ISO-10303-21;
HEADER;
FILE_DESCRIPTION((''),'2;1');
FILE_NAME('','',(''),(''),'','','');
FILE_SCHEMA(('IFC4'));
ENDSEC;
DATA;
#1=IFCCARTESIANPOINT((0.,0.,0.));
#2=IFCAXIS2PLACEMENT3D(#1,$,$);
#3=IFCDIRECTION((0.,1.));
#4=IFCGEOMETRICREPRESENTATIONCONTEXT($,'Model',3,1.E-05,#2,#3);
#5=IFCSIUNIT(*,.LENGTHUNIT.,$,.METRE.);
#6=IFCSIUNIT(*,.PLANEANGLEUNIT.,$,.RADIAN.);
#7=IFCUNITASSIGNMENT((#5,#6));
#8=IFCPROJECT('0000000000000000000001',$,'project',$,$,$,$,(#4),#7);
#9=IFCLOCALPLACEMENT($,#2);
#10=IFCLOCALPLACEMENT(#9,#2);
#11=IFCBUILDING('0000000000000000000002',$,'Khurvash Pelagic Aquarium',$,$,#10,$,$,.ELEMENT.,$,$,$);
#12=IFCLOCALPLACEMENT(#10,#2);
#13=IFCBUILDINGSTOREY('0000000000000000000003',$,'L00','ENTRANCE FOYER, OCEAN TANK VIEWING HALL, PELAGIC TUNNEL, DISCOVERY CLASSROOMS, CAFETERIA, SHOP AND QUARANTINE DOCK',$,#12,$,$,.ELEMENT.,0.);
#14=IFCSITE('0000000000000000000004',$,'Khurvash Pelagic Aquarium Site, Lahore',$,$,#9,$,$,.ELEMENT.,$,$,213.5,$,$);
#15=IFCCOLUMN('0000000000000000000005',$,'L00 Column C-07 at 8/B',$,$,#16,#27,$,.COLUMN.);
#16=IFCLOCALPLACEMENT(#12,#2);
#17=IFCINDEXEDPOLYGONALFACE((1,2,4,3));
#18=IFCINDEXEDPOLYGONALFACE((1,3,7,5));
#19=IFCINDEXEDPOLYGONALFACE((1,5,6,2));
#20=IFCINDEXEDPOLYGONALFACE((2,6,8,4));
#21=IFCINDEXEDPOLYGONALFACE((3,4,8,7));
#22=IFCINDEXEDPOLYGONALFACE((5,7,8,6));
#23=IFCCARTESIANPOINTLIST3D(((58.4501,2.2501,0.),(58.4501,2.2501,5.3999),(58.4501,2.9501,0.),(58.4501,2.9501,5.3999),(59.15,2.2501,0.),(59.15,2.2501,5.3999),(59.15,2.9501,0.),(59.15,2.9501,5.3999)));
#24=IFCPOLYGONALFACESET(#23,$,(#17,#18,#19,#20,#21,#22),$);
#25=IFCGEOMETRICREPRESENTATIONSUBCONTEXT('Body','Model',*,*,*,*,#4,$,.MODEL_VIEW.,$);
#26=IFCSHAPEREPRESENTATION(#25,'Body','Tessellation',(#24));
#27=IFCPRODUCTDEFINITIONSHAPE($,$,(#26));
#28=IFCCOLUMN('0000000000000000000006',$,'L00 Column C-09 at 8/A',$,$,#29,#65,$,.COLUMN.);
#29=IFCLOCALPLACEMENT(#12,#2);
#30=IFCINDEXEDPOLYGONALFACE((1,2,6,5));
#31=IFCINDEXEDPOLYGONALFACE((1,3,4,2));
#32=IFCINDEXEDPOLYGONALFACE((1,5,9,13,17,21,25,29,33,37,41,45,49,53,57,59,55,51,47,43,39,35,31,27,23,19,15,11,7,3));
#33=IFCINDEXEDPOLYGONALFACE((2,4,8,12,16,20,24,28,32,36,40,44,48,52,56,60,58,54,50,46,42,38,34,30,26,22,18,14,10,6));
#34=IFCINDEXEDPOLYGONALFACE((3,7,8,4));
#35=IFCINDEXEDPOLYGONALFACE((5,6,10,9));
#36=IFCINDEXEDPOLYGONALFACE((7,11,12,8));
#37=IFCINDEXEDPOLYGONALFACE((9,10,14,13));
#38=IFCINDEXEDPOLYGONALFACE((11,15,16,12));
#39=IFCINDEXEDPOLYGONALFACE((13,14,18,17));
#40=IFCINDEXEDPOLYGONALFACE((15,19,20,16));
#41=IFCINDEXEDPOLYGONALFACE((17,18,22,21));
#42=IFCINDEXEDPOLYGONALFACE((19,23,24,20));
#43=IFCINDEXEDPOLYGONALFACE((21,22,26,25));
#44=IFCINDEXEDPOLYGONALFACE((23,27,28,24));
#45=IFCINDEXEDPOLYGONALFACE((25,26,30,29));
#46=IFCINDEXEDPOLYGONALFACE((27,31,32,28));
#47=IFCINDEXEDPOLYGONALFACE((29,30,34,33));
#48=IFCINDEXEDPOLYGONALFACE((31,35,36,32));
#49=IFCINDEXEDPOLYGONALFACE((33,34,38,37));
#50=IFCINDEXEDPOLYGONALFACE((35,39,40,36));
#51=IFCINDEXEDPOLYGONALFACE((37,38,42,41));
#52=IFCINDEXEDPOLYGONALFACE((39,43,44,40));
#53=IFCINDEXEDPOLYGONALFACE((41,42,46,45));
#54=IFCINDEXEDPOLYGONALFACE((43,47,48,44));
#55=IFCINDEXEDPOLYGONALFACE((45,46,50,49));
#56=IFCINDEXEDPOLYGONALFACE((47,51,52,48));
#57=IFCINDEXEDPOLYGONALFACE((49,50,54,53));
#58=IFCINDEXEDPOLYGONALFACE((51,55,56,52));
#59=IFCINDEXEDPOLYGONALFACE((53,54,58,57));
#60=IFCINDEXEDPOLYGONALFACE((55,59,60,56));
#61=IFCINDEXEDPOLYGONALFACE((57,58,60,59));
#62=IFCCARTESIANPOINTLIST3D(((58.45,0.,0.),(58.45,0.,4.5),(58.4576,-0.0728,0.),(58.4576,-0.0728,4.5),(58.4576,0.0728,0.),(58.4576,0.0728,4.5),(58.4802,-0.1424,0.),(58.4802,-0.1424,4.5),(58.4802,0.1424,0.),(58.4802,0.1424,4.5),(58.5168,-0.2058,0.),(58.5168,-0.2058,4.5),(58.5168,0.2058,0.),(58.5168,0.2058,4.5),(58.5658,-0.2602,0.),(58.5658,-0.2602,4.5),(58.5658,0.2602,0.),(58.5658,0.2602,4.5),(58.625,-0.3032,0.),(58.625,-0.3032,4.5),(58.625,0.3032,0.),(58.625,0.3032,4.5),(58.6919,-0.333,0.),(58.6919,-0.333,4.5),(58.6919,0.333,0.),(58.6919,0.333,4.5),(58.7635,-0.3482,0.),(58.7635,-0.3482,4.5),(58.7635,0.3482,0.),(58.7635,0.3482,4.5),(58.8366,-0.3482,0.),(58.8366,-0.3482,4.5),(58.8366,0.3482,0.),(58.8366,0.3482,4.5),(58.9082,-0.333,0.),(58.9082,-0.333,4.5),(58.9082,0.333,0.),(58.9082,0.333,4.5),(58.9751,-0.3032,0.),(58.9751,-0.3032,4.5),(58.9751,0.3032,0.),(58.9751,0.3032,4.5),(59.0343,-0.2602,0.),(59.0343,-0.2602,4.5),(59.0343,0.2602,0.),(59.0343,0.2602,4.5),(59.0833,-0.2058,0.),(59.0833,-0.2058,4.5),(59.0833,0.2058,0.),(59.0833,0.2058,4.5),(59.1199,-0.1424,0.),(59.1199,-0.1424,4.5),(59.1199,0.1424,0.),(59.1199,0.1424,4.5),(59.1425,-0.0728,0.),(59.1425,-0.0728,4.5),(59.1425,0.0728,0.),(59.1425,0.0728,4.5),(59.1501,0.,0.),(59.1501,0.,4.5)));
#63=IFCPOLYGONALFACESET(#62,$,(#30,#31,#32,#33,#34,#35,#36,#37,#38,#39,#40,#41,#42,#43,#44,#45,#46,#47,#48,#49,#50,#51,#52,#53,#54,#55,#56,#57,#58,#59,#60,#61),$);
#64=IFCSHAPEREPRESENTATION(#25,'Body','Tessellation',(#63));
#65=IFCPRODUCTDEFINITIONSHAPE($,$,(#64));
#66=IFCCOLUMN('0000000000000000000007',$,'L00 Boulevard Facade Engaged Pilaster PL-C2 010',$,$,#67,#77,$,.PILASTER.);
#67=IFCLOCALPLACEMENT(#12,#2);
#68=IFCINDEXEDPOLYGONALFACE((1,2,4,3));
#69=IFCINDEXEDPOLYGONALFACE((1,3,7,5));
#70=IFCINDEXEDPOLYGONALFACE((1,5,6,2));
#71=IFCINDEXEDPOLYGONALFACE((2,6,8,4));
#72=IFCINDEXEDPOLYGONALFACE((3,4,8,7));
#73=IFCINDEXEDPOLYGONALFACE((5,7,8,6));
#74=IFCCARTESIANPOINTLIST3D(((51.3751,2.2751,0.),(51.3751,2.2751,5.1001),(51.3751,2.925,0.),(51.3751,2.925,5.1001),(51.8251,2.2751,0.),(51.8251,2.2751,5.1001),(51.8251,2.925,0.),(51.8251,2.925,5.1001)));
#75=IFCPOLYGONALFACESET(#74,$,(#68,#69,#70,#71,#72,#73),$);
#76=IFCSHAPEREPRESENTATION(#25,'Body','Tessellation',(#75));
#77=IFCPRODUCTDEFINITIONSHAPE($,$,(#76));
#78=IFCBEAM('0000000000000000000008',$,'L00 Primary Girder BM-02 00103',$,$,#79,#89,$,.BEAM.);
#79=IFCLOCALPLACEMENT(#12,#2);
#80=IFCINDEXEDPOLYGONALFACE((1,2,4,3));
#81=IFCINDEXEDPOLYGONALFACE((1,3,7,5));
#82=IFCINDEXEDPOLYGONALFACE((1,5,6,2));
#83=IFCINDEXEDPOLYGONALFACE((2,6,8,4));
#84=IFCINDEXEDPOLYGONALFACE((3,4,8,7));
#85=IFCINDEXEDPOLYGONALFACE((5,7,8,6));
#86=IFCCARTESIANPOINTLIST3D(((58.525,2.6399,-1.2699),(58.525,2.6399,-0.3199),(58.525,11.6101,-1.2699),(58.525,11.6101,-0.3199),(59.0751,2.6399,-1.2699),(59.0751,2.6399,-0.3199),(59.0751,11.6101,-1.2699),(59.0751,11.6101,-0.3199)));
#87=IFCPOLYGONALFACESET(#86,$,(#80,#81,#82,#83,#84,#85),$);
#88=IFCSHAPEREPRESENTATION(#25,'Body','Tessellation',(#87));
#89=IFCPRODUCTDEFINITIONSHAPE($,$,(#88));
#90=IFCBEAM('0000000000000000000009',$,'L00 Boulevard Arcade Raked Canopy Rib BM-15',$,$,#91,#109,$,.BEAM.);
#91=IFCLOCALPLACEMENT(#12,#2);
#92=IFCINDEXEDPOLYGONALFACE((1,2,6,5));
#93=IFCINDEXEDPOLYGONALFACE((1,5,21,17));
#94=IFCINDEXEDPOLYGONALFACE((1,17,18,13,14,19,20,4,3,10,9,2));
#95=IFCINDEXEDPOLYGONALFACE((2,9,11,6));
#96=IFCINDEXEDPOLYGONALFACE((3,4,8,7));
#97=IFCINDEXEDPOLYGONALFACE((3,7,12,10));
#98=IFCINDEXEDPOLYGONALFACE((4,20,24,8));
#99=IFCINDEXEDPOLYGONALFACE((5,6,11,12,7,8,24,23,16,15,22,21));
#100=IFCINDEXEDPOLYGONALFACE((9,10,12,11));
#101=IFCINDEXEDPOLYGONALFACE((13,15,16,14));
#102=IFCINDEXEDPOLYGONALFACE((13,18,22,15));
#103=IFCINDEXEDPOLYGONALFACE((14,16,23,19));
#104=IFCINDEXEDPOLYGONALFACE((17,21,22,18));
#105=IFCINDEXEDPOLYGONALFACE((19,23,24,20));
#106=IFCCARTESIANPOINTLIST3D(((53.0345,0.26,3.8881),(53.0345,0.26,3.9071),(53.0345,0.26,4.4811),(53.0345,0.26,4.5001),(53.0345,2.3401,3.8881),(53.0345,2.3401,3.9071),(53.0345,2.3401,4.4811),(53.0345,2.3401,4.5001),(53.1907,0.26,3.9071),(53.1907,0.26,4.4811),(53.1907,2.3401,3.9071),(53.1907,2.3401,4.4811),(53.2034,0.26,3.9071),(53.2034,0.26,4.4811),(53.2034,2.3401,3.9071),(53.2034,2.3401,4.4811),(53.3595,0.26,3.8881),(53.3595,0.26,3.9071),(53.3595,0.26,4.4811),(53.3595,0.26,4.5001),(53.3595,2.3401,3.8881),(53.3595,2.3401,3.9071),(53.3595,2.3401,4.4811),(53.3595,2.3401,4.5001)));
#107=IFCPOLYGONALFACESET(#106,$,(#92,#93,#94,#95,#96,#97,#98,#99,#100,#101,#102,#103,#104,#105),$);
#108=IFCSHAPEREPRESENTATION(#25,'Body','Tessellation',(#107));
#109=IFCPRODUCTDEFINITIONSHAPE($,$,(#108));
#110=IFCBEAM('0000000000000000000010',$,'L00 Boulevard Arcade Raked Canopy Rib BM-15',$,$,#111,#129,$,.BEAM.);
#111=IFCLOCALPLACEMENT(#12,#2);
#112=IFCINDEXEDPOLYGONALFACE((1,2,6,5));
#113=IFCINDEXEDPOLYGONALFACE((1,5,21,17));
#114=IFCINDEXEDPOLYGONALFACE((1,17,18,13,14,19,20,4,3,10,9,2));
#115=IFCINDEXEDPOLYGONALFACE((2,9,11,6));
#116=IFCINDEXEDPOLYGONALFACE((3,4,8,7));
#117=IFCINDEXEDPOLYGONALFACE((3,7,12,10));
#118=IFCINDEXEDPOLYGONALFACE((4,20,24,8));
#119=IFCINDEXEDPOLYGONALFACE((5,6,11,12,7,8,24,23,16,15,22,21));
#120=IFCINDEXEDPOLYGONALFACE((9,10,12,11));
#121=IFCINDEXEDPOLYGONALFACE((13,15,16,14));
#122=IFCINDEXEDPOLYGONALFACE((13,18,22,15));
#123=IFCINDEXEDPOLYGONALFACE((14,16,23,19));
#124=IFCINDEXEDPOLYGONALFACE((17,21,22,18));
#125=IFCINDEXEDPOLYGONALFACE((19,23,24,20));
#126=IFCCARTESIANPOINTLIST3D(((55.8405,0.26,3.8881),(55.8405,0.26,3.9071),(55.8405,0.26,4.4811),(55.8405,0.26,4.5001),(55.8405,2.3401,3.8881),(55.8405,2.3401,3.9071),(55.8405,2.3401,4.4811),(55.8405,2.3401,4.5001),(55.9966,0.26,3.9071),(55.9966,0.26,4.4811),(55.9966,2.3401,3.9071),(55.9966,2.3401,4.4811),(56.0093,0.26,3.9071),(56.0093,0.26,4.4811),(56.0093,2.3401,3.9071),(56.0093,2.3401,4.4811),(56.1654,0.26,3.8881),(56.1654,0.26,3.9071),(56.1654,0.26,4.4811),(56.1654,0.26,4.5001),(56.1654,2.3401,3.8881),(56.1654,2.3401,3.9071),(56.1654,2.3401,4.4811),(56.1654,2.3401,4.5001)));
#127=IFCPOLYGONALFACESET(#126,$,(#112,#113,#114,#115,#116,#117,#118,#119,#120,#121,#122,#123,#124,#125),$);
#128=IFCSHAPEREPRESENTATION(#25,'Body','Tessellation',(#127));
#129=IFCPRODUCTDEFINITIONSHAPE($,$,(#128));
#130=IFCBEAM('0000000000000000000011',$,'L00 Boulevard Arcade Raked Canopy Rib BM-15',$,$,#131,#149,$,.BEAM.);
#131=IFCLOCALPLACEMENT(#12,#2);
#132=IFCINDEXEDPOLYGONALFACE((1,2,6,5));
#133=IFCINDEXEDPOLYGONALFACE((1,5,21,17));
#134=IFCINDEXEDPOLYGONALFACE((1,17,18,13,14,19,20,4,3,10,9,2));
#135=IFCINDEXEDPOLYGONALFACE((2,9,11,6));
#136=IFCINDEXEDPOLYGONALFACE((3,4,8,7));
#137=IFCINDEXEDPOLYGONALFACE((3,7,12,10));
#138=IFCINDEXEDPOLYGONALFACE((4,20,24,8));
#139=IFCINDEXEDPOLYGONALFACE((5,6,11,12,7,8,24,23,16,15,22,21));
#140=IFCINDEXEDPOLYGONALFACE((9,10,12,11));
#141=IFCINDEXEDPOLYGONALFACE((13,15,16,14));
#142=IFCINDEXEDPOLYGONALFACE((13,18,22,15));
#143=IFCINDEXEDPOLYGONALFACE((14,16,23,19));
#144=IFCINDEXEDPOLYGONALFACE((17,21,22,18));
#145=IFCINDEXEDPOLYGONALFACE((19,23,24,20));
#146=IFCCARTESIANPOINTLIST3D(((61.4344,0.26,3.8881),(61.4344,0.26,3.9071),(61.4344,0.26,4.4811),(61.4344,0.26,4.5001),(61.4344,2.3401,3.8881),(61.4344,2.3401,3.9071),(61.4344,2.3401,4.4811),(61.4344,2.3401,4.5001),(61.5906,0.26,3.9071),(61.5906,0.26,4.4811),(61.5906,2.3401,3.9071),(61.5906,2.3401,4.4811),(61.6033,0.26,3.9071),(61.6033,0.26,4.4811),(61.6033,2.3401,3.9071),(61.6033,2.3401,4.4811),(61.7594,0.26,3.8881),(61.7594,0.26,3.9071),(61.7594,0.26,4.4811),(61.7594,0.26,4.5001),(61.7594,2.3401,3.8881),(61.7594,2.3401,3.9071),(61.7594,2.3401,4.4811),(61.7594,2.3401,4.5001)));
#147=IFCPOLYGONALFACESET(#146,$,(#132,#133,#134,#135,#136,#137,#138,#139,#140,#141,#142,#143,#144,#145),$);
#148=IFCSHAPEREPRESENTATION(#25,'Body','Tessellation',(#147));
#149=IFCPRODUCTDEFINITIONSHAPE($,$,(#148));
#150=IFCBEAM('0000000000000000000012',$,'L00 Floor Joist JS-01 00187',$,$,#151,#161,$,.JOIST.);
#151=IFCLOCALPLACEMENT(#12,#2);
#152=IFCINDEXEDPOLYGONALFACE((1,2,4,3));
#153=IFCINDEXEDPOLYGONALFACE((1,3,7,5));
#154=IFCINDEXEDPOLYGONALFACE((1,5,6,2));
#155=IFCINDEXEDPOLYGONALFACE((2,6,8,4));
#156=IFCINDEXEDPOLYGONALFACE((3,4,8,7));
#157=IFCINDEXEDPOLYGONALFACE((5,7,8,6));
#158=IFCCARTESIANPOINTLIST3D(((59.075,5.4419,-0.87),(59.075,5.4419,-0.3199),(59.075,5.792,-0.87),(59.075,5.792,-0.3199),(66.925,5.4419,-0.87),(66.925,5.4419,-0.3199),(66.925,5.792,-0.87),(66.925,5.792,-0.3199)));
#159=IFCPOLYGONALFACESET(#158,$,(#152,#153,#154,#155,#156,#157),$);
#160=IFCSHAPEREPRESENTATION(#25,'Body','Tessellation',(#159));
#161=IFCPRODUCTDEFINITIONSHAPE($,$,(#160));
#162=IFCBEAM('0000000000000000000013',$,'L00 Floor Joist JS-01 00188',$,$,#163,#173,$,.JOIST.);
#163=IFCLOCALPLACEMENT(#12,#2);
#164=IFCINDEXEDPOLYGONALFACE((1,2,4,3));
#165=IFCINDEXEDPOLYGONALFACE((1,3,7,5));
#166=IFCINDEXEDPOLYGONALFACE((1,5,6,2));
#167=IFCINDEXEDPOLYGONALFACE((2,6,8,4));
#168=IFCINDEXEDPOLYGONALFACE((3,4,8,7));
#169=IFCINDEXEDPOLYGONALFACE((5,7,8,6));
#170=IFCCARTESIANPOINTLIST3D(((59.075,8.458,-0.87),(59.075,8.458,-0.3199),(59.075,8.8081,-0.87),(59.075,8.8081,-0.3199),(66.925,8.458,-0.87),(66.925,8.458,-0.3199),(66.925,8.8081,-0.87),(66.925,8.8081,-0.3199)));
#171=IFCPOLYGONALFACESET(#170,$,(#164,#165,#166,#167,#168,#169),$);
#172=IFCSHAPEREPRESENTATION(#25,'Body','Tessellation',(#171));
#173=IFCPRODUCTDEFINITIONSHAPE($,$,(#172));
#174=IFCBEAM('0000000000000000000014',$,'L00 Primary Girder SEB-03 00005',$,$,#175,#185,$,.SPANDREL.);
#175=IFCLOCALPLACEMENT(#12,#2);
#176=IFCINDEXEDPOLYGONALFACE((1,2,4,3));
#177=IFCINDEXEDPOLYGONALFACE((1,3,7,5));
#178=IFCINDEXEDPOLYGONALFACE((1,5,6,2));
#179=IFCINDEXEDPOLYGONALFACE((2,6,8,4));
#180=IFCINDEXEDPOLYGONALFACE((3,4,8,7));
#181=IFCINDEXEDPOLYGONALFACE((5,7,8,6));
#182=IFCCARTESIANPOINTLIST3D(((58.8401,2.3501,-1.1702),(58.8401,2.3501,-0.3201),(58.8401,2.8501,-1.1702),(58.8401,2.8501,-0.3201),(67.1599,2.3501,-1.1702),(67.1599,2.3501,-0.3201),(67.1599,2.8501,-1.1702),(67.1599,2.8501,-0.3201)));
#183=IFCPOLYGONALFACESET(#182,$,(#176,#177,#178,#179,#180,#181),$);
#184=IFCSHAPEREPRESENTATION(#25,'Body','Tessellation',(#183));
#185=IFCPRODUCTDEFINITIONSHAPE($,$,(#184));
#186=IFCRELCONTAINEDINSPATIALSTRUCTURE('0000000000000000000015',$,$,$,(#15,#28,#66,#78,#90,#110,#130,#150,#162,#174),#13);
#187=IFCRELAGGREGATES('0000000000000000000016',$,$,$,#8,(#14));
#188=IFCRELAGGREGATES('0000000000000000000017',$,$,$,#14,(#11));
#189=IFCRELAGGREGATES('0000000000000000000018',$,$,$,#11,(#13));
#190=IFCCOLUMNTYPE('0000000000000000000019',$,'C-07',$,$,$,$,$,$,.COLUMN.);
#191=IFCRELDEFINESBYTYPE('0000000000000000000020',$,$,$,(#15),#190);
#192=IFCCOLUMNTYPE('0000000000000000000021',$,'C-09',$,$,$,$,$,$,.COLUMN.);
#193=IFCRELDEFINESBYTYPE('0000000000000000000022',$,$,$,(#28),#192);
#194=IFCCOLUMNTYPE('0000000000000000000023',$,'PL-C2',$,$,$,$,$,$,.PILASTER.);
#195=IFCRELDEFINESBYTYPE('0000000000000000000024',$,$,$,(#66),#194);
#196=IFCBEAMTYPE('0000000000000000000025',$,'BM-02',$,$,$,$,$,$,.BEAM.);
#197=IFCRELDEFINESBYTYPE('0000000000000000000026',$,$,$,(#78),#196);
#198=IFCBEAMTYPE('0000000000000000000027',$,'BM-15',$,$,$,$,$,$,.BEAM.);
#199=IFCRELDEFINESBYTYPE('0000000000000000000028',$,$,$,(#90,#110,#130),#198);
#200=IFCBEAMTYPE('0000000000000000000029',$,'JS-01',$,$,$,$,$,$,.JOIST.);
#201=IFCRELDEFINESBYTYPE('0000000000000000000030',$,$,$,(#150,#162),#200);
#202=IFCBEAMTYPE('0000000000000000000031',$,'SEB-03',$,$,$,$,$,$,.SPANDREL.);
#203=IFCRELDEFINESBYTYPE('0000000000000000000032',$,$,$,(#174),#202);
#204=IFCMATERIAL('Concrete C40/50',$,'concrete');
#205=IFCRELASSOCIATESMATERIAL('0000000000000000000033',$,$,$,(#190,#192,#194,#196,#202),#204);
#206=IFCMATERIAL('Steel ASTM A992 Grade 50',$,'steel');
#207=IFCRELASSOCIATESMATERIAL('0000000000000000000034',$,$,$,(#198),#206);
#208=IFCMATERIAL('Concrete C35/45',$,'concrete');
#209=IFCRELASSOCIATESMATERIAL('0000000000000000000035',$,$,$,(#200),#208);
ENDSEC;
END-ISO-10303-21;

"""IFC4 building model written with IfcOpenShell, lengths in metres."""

from ifc_helpers import new_model, si_unit, direction, frame, origin, origin_2d, place, context, subcontext, project, spatial, rectangle, circle, i_section, extrude, material, material_profile, profile_set, type_object, element, save


model = new_model("IFC4")

# Units and contexts
model_context = context("Model", 3, precision=1e-05, world=origin(), true_north=direction((0.0, 1.0)))
body_context = subcontext(model_context, "Body", "Model", "MODEL_VIEW")
ifc_project = project(units=[si_unit("LENGTHUNIT", "METRE"), si_unit("PLANEANGLEUNIT", "RADIAN")], contexts=[model_context])

# Site, building, storey
site_placement = place(None, origin())
site = spatial("IfcSite", under=ifc_project, at=site_placement, Name="Khurvash Pelagic Aquarium Site, Lahore", CompositionType="ELEMENT", RefElevation=213.5)
building_placement = place(site_placement, origin())
building = spatial("IfcBuilding", under=site, at=building_placement, Name="Khurvash Pelagic Aquarium", CompositionType="ELEMENT")
storey_placement = place(building_placement, origin())
storey = spatial("IfcBuildingStorey", under=building, at=storey_placement, Name="L00", Description="ENTRANCE FOYER, OCEAN TANK VIEWING HALL, PELAGIC TUNNEL, DISCOVERY CLASSROOMS, CAFETERIA, SHOP AND QUARANTINE DOCK", CompositionType="ELEMENT", Elevation=0.0)

# Columns
ifc_material_1 = material(Name="Concrete C40/50", Category="concrete")
ifc_material_profile_1 = material_profile(ifc_material_1, rectangle(XDim=0.7, YDim=0.7, at=origin_2d()), Name="RC700X700")
ifc_profile_set_1 = profile_set([ifc_material_profile_1], Name="Concrete C40/50")
column_type_1 = type_object("IfcColumnType", Name="C-07", PredefinedType="COLUMN", material=ifc_profile_set_1)
column_1_placement = place(storey_placement, frame((58.8, 2.6001, 0.0), z_axis=(0.0, 0.0, 1.0), x_axis=(1.0, 0.0, 0.0)))
element("IfcColumn", 1, at=column_1_placement, inside=storey, type_object=column_type_1, Name="L00 Column C-07 at 8/B", PredefinedType="COLUMN", context=body_context, shape_type="SweptSolid", body=[
    extrude(rectangle(XDim=0.7, YDim=0.7, at=origin_2d()), origin(), (0.0, 0.0, 1.0), 5.3999),
])
ifc_material_profile_2 = material_profile(ifc_material_1, circle(Radius=0.3501, at=origin_2d()), Name="RC700D")
ifc_profile_set_2 = profile_set([ifc_material_profile_2], Name="Concrete C40/50")
column_type_2 = type_object("IfcColumnType", Name="C-09", PredefinedType="COLUMN", material=ifc_profile_set_2)
column_2_placement = place(storey_placement, frame((58.8, 0.0, 0.0), z_axis=(0.0, 0.0, 1.0), x_axis=(1.0, 0.0, 0.0)))
element("IfcColumn", 2, at=column_2_placement, inside=storey, type_object=column_type_2, Name="L00 Column C-09 at 8/A", PredefinedType="COLUMN", context=body_context, shape_type="SweptSolid", body=[
    extrude(circle(Radius=0.3501, at=origin_2d()), origin(), (0.0, 0.0, 1.0), 4.5),
])
ifc_material_profile_3 = material_profile(ifc_material_1, rectangle(XDim=0.45, YDim=0.6499, at=origin_2d()), Name="RC450X650")
ifc_profile_set_3 = profile_set([ifc_material_profile_3], Name="Concrete C40/50")
column_type_3 = type_object("IfcColumnType", Name="PL-C2", PredefinedType="PILASTER", material=ifc_profile_set_3)
column_3_placement = place(storey_placement, frame((51.6001, 2.6001, 0.0), z_axis=(0.0, 0.0, 1.0), x_axis=(1.0, 0.0, 0.0)))
element("IfcColumn", 3, at=column_3_placement, inside=storey, type_object=column_type_3, Name="L00 Boulevard Facade Engaged Pilaster PL-C2 010", PredefinedType="PILASTER", context=body_context, shape_type="SweptSolid", body=[
    extrude(rectangle(XDim=0.45, YDim=0.6499, at=origin_2d()), origin(), (0.0, 0.0, 1.0), 5.1001),
])

# Beams
ifc_material_profile_4 = material_profile(ifc_material_1, rectangle(XDim=0.55, YDim=0.95, at=origin_2d()), Name="RC550X950")
ifc_profile_set_4 = profile_set([ifc_material_profile_4], Name="Concrete C40/50")
beam_type_1 = type_object("IfcBeamType", Name="BM-02", PredefinedType="BEAM", material=ifc_profile_set_4)
beam_placement = place(storey_placement, frame((58.8, 2.6399, -0.7949), z_axis=(0.0, 1.0, 0.0), x_axis=(-1.0, 0.0, 0.0)))
element("IfcBeam", 4, at=beam_placement, inside=storey, type_object=beam_type_1, Name="L00 Primary Girder BM-02 00103", PredefinedType="BEAM", context=body_context, shape_type="SweptSolid", body=[
    extrude(rectangle(XDim=0.55, YDim=0.95, at=origin_2d()), origin(), (0.0, 0.0, 1.0), 8.9702),
])
ifc_material_2 = material(Name="Steel ASTM A992 Grade 50", Category="steel")
ifc_material_profile_5 = material_profile(ifc_material_2, i_section(OverallWidth=0.325, OverallDepth=0.6121, WebThickness=0.0127, FlangeThickness=0.019, at=origin_2d()), Name="W24X104")
ifc_profile_set_5 = profile_set([ifc_material_profile_5], Name="Steel ASTM A992 Grade 50")
beam_type_2 = type_object("IfcBeamType", Name="BM-15", PredefinedType="BEAM", material=ifc_profile_set_5)
for number, where, z_axis, x_axis, name in (
    (5, (53.197, 2.3401, 4.1941), (0.0, -1.0, 0.0), (1.0, 0.0, 0.0), "L00 Boulevard Arcade Raked Canopy Rib BM-15"),
    (6, (56.0029, 2.3401, 4.1941), (0.0, -1.0, 0.0), (1.0, 0.0, 0.0), "L00 Boulevard Arcade Raked Canopy Rib BM-15"),
    (7, (61.5969, 2.3401, 4.1941), (0.0, -1.0, 0.0), (1.0, 0.0, 0.0), "L00 Boulevard Arcade Raked Canopy Rib BM-15"),
):
    element("IfcBeam", number, at=place(storey_placement, frame(where, z_axis=z_axis, x_axis=x_axis)), inside=storey, type_object=beam_type_2, Name=name, PredefinedType="BEAM", context=body_context, shape_type="SweptSolid", body=[
        extrude(i_section(OverallWidth=0.325, OverallDepth=0.6121, WebThickness=0.0127, FlangeThickness=0.019, at=origin_2d()), origin(), (0.0, 0.0, 1.0), 2.0801),
    ])
ifc_material_3 = material(Name="Concrete C35/45", Category="concrete")
ifc_material_profile_6 = material_profile(ifc_material_3, rectangle(XDim=0.3501, YDim=0.55, at=origin_2d()), Name="RC350X550")
ifc_profile_set_6 = profile_set([ifc_material_profile_6], Name="Concrete C35/45")
beam_type_3 = type_object("IfcBeamType", Name="JS-01", PredefinedType="JOIST", material=ifc_profile_set_6)
for number, where, z_axis, x_axis, name in (
    (8, (59.075, 5.6169, -0.595), (1.0, 0.0, 0.0), (0.0, 1.0, 0.0), "L00 Floor Joist JS-01 00187"),
    (9, (59.075, 8.6331, -0.595), (1.0, 0.0, 0.0), (0.0, 1.0, 0.0), "L00 Floor Joist JS-01 00188"),
):
    element("IfcBeam", number, at=place(storey_placement, frame(where, z_axis=z_axis, x_axis=x_axis)), inside=storey, type_object=beam_type_3, Name=name, PredefinedType="JOIST", context=body_context, shape_type="SweptSolid", body=[
        extrude(rectangle(XDim=0.3501, YDim=0.55, at=origin_2d()), origin(), (0.0, 0.0, 1.0), 7.8501),
    ])
ifc_material_profile_7 = material_profile(ifc_material_1, rectangle(XDim=0.5, YDim=0.8501, at=origin_2d()), Name="RC500X850")
ifc_profile_set_7 = profile_set([ifc_material_profile_7], Name="Concrete C40/50")
beam_type_4 = type_object("IfcBeamType", Name="SEB-03", PredefinedType="SPANDREL", material=ifc_profile_set_7)
for number, where, z_axis, x_axis, name in (
    (10, (58.8401, 2.6001, -0.7451), (1.0, 0.0, 0.0), (0.0, 1.0, 0.0), "L00 Primary Girder SEB-03 00005"),
):
    element("IfcBeam", number, at=place(storey_placement, frame(where, z_axis=z_axis, x_axis=x_axis)), inside=storey, type_object=beam_type_4, Name=name, PredefinedType="SPANDREL", context=body_context, shape_type="SweptSolid", body=[
        extrude(rectangle(XDim=0.5, YDim=0.8501, at=origin_2d()), origin(), (0.0, 0.0, 1.0), 8.3198),
    ])

save(model, "model.ifc")
